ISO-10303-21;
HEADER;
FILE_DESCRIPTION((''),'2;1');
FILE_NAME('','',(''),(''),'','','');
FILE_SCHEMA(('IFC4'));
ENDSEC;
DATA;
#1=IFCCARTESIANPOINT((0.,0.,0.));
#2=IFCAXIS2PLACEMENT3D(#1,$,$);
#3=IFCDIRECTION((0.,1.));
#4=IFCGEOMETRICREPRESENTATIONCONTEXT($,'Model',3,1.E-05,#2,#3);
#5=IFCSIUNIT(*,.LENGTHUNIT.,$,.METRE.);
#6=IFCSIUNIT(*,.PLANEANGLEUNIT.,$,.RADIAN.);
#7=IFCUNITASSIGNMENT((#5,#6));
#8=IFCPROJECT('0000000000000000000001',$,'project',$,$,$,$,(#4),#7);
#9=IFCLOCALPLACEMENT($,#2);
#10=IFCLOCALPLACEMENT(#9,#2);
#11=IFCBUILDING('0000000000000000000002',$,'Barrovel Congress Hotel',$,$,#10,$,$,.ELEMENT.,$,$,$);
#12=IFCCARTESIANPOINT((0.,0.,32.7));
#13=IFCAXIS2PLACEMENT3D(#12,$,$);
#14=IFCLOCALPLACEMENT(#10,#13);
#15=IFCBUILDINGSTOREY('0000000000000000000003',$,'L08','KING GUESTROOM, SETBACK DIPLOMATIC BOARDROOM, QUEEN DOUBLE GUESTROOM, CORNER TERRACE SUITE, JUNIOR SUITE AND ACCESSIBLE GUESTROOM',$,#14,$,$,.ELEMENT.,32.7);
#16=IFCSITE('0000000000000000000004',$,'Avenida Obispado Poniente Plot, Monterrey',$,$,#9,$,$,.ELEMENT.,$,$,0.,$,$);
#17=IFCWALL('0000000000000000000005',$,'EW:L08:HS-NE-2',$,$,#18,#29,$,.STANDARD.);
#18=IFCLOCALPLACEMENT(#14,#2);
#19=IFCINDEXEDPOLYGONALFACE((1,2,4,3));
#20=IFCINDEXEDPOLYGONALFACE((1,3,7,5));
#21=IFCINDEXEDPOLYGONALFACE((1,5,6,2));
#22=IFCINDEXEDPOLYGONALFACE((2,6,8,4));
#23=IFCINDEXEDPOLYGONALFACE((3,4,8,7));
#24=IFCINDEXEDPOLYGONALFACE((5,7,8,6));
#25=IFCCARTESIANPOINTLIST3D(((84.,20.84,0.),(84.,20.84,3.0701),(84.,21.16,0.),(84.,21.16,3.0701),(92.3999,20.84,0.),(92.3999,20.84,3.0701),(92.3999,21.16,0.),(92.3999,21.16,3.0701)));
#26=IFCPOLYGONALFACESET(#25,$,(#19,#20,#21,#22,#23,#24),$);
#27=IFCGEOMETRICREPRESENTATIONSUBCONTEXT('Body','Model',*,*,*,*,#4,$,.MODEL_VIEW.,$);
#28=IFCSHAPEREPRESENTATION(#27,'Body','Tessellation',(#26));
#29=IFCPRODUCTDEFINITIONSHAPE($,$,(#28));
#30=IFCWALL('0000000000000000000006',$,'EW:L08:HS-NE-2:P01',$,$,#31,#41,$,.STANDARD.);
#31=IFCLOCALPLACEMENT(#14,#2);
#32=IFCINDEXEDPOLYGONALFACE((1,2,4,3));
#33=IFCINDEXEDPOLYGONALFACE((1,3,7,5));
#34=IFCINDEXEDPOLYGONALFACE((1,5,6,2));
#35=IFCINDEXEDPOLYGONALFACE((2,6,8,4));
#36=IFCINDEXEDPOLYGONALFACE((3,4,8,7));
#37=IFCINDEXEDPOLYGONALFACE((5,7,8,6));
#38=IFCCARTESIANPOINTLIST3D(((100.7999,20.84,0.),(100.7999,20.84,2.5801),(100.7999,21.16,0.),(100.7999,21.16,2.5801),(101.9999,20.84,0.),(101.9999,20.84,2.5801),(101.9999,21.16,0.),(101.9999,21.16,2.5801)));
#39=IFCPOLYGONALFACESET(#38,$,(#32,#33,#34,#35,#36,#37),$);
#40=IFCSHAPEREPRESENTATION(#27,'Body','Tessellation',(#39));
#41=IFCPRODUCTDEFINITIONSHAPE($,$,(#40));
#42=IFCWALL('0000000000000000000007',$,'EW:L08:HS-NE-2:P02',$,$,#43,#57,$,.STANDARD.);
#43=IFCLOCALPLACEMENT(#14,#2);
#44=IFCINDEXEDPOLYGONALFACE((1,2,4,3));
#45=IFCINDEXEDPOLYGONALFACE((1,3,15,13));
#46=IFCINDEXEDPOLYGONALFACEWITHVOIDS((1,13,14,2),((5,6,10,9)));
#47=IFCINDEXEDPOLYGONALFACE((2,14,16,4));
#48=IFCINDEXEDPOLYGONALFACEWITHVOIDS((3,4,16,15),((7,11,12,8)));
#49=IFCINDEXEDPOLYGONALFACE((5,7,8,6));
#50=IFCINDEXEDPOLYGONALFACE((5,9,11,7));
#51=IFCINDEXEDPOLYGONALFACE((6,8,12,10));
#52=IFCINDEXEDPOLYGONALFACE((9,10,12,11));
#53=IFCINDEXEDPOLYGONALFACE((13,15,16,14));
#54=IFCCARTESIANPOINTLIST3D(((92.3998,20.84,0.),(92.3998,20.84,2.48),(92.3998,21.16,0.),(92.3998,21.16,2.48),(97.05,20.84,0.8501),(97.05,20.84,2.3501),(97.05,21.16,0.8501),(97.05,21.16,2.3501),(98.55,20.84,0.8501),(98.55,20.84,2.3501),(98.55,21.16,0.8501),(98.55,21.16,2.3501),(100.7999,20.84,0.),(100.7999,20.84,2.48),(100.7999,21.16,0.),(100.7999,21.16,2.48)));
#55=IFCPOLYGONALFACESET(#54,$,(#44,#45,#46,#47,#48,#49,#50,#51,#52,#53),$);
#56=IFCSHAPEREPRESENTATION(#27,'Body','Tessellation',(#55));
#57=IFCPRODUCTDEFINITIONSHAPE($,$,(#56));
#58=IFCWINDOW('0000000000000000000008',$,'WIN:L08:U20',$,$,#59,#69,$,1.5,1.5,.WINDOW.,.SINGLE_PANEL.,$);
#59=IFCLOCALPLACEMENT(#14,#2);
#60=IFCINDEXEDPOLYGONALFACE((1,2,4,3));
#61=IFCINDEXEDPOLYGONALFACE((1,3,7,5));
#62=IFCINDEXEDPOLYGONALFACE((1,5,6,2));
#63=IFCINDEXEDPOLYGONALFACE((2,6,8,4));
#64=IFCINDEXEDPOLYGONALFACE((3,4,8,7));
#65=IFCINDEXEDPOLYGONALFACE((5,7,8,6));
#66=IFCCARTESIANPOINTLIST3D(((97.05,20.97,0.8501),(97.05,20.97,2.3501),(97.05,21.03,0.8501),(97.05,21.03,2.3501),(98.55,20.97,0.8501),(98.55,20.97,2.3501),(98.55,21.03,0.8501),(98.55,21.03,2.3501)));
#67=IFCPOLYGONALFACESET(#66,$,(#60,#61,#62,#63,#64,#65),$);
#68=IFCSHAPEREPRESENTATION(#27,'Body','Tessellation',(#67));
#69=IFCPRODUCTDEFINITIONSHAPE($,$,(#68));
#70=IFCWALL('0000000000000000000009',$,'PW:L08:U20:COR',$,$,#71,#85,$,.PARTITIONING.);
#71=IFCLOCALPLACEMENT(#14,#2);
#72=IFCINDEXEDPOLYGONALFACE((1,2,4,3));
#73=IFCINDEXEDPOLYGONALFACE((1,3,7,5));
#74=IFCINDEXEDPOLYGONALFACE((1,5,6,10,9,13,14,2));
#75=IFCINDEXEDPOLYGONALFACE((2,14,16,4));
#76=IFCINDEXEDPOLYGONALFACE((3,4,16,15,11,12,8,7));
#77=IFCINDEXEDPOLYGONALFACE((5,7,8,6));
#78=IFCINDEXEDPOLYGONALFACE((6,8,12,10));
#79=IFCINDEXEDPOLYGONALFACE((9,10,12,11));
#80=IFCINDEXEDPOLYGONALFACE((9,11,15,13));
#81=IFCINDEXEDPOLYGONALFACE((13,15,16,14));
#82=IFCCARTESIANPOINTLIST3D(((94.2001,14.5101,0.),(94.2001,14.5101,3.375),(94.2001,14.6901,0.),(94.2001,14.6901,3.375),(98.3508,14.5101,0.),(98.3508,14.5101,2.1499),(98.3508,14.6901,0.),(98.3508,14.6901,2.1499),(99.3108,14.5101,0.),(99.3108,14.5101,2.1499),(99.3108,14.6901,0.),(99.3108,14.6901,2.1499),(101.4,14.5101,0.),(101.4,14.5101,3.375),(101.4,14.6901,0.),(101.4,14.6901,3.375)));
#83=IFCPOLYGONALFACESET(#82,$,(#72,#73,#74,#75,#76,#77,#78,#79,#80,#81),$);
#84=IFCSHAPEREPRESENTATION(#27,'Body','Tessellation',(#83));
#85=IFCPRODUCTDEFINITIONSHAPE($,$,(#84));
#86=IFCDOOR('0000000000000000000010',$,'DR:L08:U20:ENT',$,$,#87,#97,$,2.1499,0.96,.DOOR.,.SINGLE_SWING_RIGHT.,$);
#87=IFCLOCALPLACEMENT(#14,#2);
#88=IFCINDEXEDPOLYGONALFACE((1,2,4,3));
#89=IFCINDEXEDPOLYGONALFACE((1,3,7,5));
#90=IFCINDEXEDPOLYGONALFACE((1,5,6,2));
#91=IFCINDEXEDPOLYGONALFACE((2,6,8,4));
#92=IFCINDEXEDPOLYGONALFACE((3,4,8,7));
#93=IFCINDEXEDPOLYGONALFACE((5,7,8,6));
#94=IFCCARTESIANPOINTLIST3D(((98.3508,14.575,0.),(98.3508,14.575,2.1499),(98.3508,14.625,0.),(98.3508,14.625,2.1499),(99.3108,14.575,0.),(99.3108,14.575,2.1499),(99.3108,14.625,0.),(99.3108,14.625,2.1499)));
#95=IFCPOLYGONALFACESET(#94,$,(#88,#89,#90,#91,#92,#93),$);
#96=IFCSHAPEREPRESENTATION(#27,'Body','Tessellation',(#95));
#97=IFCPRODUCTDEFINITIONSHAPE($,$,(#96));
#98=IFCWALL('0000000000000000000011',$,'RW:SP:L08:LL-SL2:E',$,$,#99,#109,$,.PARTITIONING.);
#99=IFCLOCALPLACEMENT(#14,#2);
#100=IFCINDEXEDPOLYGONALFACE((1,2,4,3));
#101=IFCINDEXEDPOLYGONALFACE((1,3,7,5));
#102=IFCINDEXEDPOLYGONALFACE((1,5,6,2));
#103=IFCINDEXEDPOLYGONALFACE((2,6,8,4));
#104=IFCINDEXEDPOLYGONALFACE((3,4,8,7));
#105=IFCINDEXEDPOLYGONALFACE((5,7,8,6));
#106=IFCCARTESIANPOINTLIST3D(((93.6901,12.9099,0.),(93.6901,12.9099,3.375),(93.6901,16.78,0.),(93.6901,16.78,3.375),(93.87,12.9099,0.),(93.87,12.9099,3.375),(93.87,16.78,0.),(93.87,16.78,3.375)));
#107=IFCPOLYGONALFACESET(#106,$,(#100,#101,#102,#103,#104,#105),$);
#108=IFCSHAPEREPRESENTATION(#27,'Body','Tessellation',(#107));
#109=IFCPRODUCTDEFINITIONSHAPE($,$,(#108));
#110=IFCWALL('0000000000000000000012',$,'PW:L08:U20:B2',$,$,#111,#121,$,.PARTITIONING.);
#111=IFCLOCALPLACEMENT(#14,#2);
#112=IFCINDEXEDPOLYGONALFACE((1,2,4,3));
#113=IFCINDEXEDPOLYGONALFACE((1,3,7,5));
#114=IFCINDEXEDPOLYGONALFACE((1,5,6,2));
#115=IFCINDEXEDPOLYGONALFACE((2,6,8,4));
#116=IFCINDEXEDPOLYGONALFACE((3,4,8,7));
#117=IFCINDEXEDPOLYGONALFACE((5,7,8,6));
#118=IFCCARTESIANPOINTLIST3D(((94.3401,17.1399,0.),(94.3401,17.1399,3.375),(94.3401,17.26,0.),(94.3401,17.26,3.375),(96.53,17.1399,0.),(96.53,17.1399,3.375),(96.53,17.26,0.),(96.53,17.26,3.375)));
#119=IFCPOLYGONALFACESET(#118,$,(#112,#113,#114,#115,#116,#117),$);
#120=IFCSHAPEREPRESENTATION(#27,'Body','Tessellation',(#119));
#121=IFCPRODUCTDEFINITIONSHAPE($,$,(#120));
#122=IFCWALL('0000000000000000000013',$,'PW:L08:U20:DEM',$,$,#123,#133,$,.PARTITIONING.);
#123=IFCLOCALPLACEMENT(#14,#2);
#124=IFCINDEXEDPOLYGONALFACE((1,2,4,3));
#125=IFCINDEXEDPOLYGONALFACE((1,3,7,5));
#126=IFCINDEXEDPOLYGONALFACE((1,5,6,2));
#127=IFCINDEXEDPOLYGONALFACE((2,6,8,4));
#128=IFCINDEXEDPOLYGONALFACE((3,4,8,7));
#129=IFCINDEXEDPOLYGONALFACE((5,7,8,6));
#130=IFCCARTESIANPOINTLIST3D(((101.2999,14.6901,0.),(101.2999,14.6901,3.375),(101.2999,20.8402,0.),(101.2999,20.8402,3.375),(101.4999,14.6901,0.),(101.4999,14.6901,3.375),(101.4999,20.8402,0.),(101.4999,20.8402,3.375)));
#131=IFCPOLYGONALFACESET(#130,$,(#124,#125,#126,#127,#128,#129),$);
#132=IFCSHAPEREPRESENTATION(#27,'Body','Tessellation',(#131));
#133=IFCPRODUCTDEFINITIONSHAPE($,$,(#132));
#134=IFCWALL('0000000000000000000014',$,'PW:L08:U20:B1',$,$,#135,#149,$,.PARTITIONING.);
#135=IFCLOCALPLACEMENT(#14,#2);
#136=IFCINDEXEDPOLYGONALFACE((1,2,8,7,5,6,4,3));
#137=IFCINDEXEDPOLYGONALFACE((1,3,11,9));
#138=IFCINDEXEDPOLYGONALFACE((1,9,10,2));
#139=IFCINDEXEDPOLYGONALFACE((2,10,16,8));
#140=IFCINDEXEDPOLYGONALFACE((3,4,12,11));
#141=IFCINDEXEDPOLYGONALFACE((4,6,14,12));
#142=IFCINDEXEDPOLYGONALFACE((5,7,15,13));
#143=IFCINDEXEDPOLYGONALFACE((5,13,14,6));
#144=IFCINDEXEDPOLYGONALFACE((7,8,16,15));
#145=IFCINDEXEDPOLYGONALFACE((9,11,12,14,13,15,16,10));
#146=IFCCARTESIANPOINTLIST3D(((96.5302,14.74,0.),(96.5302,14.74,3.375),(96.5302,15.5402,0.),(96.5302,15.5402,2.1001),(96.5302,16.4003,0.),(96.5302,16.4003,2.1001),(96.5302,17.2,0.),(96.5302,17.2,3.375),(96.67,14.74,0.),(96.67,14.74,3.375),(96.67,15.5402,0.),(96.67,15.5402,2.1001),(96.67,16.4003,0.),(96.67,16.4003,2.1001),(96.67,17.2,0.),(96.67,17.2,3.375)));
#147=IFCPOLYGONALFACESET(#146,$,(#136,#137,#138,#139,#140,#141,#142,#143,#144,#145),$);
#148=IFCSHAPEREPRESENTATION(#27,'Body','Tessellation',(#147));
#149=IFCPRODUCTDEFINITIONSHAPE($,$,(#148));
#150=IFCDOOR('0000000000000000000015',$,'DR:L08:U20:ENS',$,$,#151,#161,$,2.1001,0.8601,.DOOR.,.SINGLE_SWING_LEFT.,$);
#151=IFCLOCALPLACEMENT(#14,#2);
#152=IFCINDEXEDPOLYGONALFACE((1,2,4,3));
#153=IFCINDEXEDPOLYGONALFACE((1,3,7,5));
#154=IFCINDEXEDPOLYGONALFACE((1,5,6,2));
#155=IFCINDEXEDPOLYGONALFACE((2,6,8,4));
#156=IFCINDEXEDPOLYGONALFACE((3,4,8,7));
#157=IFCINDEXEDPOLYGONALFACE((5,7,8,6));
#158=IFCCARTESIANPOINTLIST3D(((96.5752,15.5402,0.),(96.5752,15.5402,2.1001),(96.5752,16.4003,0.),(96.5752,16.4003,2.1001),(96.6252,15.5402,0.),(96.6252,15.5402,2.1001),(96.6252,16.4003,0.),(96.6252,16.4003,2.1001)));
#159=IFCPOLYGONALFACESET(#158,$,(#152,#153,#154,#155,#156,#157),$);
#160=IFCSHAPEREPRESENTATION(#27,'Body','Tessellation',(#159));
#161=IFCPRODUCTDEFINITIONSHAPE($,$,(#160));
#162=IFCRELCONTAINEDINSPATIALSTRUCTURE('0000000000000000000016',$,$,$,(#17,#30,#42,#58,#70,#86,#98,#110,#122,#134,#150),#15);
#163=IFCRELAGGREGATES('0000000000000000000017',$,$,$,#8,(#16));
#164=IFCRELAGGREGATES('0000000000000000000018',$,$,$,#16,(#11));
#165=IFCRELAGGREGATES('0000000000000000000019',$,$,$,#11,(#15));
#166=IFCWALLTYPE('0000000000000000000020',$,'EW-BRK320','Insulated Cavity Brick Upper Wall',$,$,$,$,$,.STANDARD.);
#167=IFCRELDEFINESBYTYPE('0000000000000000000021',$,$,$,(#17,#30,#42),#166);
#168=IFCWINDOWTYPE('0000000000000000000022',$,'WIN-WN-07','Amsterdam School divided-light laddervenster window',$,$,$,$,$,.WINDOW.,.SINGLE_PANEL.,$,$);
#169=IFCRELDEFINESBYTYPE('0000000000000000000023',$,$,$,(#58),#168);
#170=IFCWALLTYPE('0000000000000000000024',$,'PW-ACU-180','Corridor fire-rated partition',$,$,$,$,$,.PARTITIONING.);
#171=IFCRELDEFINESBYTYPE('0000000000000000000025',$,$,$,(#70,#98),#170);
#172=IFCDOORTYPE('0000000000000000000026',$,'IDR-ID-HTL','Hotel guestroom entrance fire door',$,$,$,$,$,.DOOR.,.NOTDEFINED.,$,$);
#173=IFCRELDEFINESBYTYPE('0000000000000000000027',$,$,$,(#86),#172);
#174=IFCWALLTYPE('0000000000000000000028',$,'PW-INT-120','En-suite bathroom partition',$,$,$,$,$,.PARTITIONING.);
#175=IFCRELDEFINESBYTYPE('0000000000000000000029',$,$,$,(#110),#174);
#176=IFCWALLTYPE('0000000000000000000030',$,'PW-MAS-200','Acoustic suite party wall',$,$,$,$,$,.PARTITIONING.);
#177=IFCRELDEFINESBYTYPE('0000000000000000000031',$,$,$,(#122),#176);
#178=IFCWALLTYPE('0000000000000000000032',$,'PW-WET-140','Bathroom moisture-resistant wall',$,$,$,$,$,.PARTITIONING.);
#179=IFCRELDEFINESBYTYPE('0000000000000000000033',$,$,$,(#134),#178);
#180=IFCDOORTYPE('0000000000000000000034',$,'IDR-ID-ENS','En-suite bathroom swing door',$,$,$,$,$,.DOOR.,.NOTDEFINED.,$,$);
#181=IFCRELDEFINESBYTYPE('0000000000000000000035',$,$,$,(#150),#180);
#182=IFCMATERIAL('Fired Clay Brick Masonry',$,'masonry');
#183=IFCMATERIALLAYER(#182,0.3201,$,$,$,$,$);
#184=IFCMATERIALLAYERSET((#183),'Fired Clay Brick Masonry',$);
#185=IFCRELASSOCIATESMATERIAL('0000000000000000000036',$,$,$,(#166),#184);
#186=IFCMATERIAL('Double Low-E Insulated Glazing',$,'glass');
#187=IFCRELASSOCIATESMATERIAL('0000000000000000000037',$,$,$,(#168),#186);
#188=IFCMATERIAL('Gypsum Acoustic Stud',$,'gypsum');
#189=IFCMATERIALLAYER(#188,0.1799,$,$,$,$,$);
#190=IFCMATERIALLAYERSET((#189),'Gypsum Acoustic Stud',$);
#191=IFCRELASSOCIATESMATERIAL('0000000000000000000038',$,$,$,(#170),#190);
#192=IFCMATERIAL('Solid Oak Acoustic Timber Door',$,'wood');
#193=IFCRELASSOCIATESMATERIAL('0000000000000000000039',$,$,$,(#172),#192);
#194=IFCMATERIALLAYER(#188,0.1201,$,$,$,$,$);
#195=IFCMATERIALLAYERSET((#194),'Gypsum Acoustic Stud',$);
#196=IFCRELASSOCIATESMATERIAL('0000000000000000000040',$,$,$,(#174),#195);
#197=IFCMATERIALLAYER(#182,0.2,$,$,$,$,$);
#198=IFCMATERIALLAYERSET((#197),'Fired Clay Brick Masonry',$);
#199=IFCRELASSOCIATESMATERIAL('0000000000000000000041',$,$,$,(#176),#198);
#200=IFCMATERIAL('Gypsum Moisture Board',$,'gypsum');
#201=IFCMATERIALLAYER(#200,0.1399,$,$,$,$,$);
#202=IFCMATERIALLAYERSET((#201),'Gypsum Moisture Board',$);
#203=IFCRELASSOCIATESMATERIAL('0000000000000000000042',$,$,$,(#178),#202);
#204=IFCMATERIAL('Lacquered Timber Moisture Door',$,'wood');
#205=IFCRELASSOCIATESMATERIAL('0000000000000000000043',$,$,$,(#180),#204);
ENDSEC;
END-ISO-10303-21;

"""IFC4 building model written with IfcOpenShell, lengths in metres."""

from ifc_helpers import new_model, si_unit, direction, frame, frame_2d, origin, place, context, subcontext, project, spatial, rectangle, extrude, material, layer, layer_set, type_object, element, fill, save


model = new_model("IFC4")

# Units and contexts
model_context = context("Model", 3, precision=1e-05, world=origin(), true_north=direction((0.0, 1.0)))
body_context = subcontext(model_context, "Body", "Model", "MODEL_VIEW")
ifc_project = project(units=[si_unit("LENGTHUNIT", "METRE"), si_unit("PLANEANGLEUNIT", "RADIAN")], contexts=[model_context])

# Site, building, storey
site_placement = place(None, origin())
site = spatial("IfcSite", under=ifc_project, at=site_placement, Name="Avenida Obispado Poniente Plot, Monterrey", CompositionType="ELEMENT", RefElevation=0.0)
building_placement = place(site_placement, origin())
building = spatial("IfcBuilding", under=site, at=building_placement, Name="Barrovel Congress Hotel", CompositionType="ELEMENT")
storey_placement = place(building_placement, frame((0.0, 0.0, 32.7)))
storey = spatial("IfcBuildingStorey", under=building, at=storey_placement, Name="L08", Description="KING GUESTROOM, SETBACK DIPLOMATIC BOARDROOM, QUEEN DOUBLE GUESTROOM, CORNER TERRACE SUITE, JUNIOR SUITE AND ACCESSIBLE GUESTROOM", CompositionType="ELEMENT", Elevation=32.7)

# Walls
ifc_material_1 = material(Name="Fired Clay Brick Masonry", Category="masonry")
ifc_layer_1 = layer(ifc_material_1, 0.3201)
ifc_layer_set_1 = layer_set([ifc_layer_1], Name="Fired Clay Brick Masonry")
wall_type_1 = type_object("IfcWallType", Name="EW-BRK320", Description="Insulated Cavity Brick Upper Wall", PredefinedType="STANDARD", material=ifc_layer_set_1)
wall_1_placement = place(storey_placement, frame((92.3999, 21.0, 0.0), z_axis=(0.0, 0.0, 1.0), x_axis=(-1.0, 0.0, 0.0)))
element("IfcWall", 1, at=wall_1_placement, inside=storey, type_object=wall_type_1, Name="EW:L08:HS-NE-2", PredefinedType="STANDARD", context=body_context, shape_type="SweptSolid", body=[
    extrude(rectangle(XDim=8.3999, YDim=0.3201, at=frame_2d((4.2, 0.0))), origin(), (0.0, 0.0, 1.0), 3.0701),
])
wall_2_placement = place(storey_placement, frame((102.0, 21.0, 0.0), z_axis=(0.0, 0.0, 1.0), x_axis=(-1.0, 0.0, 0.0)))
element("IfcWall", 2, at=wall_2_placement, inside=storey, type_object=wall_type_1, Name="EW:L08:HS-NE-2:P01", PredefinedType="STANDARD", context=body_context, shape_type="SweptSolid", body=[
    extrude(rectangle(XDim=1.2, YDim=0.3201, at=frame_2d((0.6001, 0.0))), origin(), (0.0, 0.0, 1.0), 2.5801),
])

# Wall, opening, window
wall_3_placement = place(storey_placement, frame((100.8, 21.0, 0.0), z_axis=(0.0, 0.0, 1.0), x_axis=(-1.0, 0.0, 0.0)))
wall_3 = element("IfcWall", 3, at=wall_3_placement, inside=storey, type_object=wall_type_1, Name="EW:L08:HS-NE-2:P02", PredefinedType="STANDARD", context=body_context, shape_type="SweptSolid", body=[
    extrude(rectangle(XDim=8.4001, YDim=0.3201, at=frame_2d((4.2002, 0.0))), origin(), (0.0, 0.0, 1.0), 2.48),
])
opening_1_placement = place(wall_3_placement, frame((2.25, 0.0, 0.8501)))
opening_1 = element("IfcOpeningElement", 4, at=opening_1_placement, cuts=wall_3, PredefinedType="OPENING", context=body_context, shape_type="SweptSolid", body=[
    extrude(rectangle(XDim=1.5, YDim=1.5, at=frame_2d((0.75, 0.75))), frame((0.0, 0.1699, 0.0), z_axis=(0.0, -1.0, 0.0), x_axis=(1.0, 0.0, 0.0)), (0.0, 0.0, 1.0), 0.3401),
])
ifc_material_2 = material(Name="Double Low-E Insulated Glazing", Category="glass")
window_type = type_object("IfcWindowType", Name="WIN-WN-07", Description="Amsterdam School divided-light laddervenster window", PartitioningType="SINGLE_PANEL", PredefinedType="WINDOW", material=ifc_material_2)
window_placement = place(opening_1_placement, origin())
window = element("IfcWindow", 5, at=window_placement, inside=storey, type_object=window_type, Name="WIN:L08:U20", OverallHeight=1.5, OverallWidth=1.5, PartitioningType="SINGLE_PANEL", PredefinedType="WINDOW", context=body_context, shape_type="SweptSolid", body=[
    extrude(rectangle(XDim=1.5, YDim=1.5, at=frame_2d((0.75, 0.75))), frame((0.0, 0.03, 0.0), z_axis=(0.0, -1.0, 0.0), x_axis=(1.0, 0.0, 0.0)), (0.0, 0.0, 1.0), 0.0601),
])
fill(opening_1, window)

# Wall, opening, door
ifc_material_3 = material(Name="Gypsum Acoustic Stud", Category="gypsum")
ifc_layer_2 = layer(ifc_material_3, 0.1799)
ifc_layer_set_2 = layer_set([ifc_layer_2], Name="Gypsum Acoustic Stud")
wall_type_2 = type_object("IfcWallType", Name="PW-ACU-180", Description="Corridor fire-rated partition", PredefinedType="PARTITIONING", material=ifc_layer_set_2)
wall_4_placement = place(storey_placement, frame((94.2, 14.6001, 0.0), z_axis=(0.0, 0.0, 1.0), x_axis=(1.0, 0.0, 0.0)))
wall_4 = element("IfcWall", 6, at=wall_4_placement, inside=storey, type_object=wall_type_2, Name="PW:L08:U20:COR", PredefinedType="PARTITIONING", context=body_context, shape_type="SweptSolid", body=[
    extrude(rectangle(XDim=7.2, YDim=0.1799, at=frame_2d((3.6001, 0.0))), origin(), (0.0, 0.0, 1.0), 3.375),
])
opening_2_placement = place(wall_4_placement, frame((4.1509, 0.0, 0.0)))
opening_2 = element("IfcOpeningElement", 7, at=opening_2_placement, cuts=wall_4, PredefinedType="OPENING", context=body_context, shape_type="SweptSolid", body=[
    extrude(rectangle(XDim=0.96, YDim=2.1499, at=frame_2d((0.48, 1.075))), frame((0.0, 0.1001, 0.0), z_axis=(0.0, -1.0, 0.0), x_axis=(1.0, 0.0, 0.0)), (0.0, 0.0, 1.0), 0.2),
])
ifc_material_4 = material(Name="Solid Oak Acoustic Timber Door", Category="wood")
door_type_1 = type_object("IfcDoorType", Name="IDR-ID-HTL", Description="Hotel guestroom entrance fire door", OperationType="NOTDEFINED", PredefinedType="DOOR", material=ifc_material_4)
door_1_placement = place(opening_2_placement, origin())
door_1 = element("IfcDoor", 8, at=door_1_placement, inside=storey, type_object=door_type_1, Name="DR:L08:U20:ENT", OperationType="SINGLE_SWING_RIGHT", OverallHeight=2.1499, OverallWidth=0.96, PredefinedType="DOOR", context=body_context, shape_type="SweptSolid", body=[
    extrude(rectangle(XDim=0.96, YDim=2.1499, at=frame_2d((0.48, 1.075))), frame((0.0, 0.0249, 0.0), z_axis=(0.0, -1.0, 0.0), x_axis=(1.0, 0.0, 0.0)), (0.0, 0.0, 1.0), 0.05),
])
fill(opening_2, door_1)

# Walls
wall_5_placement = place(storey_placement, frame((93.78, 12.9099, 0.0), z_axis=(0.0, 0.0, 1.0), x_axis=(0.0, 1.0, 0.0)))
element("IfcWall", 9, at=wall_5_placement, inside=storey, type_object=wall_type_2, Name="RW:SP:L08:LL-SL2:E", PredefinedType="PARTITIONING", context=body_context, shape_type="SweptSolid", body=[
    extrude(rectangle(XDim=3.8701, YDim=0.1799, at=frame_2d((1.9351, 0.0))), origin(), (0.0, 0.0, 1.0), 3.375),
])
ifc_layer_3 = layer(ifc_material_3, 0.1201)
ifc_layer_set_3 = layer_set([ifc_layer_3], Name="Gypsum Acoustic Stud")
wall_type_3 = type_object("IfcWallType", Name="PW-INT-120", Description="En-suite bathroom partition", PredefinedType="PARTITIONING", material=ifc_layer_set_3)
wall_6_placement = place(storey_placement, frame((94.3401, 17.2, 0.0), z_axis=(0.0, 0.0, 1.0), x_axis=(1.0, 0.0, 0.0)))
element("IfcWall", 10, at=wall_6_placement, inside=storey, type_object=wall_type_3, Name="PW:L08:U20:B2", PredefinedType="PARTITIONING", context=body_context, shape_type="SweptSolid", body=[
    extrude(rectangle(XDim=2.1899, YDim=0.1201, at=frame_2d((1.095, 0.0))), origin(), (0.0, 0.0, 1.0), 3.375),
])
ifc_layer_4 = layer(ifc_material_1, 0.2)
ifc_layer_set_4 = layer_set([ifc_layer_4], Name="Fired Clay Brick Masonry")
wall_type_4 = type_object("IfcWallType", Name="PW-MAS-200", Description="Acoustic suite party wall", PredefinedType="PARTITIONING", material=ifc_layer_set_4)
wall_7_placement = place(storey_placement, frame((101.3999, 14.6899, 0.0), z_axis=(0.0, 0.0, 1.0), x_axis=(0.0, 1.0, 0.0)))
element("IfcWall", 11, at=wall_7_placement, inside=storey, type_object=wall_type_4, Name="PW:L08:U20:DEM", PredefinedType="PARTITIONING", context=body_context, shape_type="SweptSolid", body=[
    extrude(rectangle(XDim=6.1501, YDim=0.2, at=frame_2d((3.0752, 0.0))), origin(), (0.0, 0.0, 1.0), 3.375),
])

# Wall, opening, door
ifc_material_5 = material(Name="Gypsum Moisture Board", Category="gypsum")
ifc_layer_5 = layer(ifc_material_5, 0.1399)
ifc_layer_set_5 = layer_set([ifc_layer_5], Name="Gypsum Moisture Board")
wall_type_5 = type_object("IfcWallType", Name="PW-WET-140", Description="Bathroom moisture-resistant wall", PredefinedType="PARTITIONING", material=ifc_layer_set_5)
wall_8_placement = place(storey_placement, frame((96.6001, 14.74, 0.0), z_axis=(0.0, 0.0, 1.0), x_axis=(0.0, 1.0, 0.0)))
wall_8 = element("IfcWall", 12, at=wall_8_placement, inside=storey, type_object=wall_type_5, Name="PW:L08:U20:B1", PredefinedType="PARTITIONING", context=body_context, shape_type="SweptSolid", body=[
    extrude(rectangle(XDim=2.46, YDim=0.1399, at=frame_2d((1.23, 0.0))), origin(), (0.0, 0.0, 1.0), 3.375),
])
opening_3_placement = place(wall_8_placement, frame((0.8, 0.0, 0.0)))
opening_3 = element("IfcOpeningElement", 13, at=opening_3_placement, cuts=wall_8, PredefinedType="OPENING", context=body_context, shape_type="SweptSolid", body=[
    extrude(rectangle(XDim=0.8601, YDim=2.1001, at=frame_2d((0.4302, 1.05))), frame((0.0, 0.0801, 0.0), z_axis=(0.0, -1.0, 0.0), x_axis=(1.0, 0.0, 0.0)), (0.0, 0.0, 1.0), 0.1599),
])
ifc_material_6 = material(Name="Lacquered Timber Moisture Door", Category="wood")
door_type_2 = type_object("IfcDoorType", Name="IDR-ID-ENS", Description="En-suite bathroom swing door", OperationType="NOTDEFINED", PredefinedType="DOOR", material=ifc_material_6)
door_2_placement = place(opening_3_placement, origin())
door_2 = element("IfcDoor", 14, at=door_2_placement, inside=storey, type_object=door_type_2, Name="DR:L08:U20:ENS", OperationType="SINGLE_SWING_LEFT", OverallHeight=2.1001, OverallWidth=0.8601, PredefinedType="DOOR", context=body_context, shape_type="SweptSolid", body=[
    extrude(rectangle(XDim=0.8601, YDim=2.1001, at=frame_2d((0.4302, 1.05))), frame((0.0, 0.0249, 0.0), z_axis=(0.0, -1.0, 0.0), x_axis=(1.0, 0.0, 0.0)), (0.0, 0.0, 1.0), 0.05),
])
fill(opening_3, door_2)

save(model, "model.ifc")
